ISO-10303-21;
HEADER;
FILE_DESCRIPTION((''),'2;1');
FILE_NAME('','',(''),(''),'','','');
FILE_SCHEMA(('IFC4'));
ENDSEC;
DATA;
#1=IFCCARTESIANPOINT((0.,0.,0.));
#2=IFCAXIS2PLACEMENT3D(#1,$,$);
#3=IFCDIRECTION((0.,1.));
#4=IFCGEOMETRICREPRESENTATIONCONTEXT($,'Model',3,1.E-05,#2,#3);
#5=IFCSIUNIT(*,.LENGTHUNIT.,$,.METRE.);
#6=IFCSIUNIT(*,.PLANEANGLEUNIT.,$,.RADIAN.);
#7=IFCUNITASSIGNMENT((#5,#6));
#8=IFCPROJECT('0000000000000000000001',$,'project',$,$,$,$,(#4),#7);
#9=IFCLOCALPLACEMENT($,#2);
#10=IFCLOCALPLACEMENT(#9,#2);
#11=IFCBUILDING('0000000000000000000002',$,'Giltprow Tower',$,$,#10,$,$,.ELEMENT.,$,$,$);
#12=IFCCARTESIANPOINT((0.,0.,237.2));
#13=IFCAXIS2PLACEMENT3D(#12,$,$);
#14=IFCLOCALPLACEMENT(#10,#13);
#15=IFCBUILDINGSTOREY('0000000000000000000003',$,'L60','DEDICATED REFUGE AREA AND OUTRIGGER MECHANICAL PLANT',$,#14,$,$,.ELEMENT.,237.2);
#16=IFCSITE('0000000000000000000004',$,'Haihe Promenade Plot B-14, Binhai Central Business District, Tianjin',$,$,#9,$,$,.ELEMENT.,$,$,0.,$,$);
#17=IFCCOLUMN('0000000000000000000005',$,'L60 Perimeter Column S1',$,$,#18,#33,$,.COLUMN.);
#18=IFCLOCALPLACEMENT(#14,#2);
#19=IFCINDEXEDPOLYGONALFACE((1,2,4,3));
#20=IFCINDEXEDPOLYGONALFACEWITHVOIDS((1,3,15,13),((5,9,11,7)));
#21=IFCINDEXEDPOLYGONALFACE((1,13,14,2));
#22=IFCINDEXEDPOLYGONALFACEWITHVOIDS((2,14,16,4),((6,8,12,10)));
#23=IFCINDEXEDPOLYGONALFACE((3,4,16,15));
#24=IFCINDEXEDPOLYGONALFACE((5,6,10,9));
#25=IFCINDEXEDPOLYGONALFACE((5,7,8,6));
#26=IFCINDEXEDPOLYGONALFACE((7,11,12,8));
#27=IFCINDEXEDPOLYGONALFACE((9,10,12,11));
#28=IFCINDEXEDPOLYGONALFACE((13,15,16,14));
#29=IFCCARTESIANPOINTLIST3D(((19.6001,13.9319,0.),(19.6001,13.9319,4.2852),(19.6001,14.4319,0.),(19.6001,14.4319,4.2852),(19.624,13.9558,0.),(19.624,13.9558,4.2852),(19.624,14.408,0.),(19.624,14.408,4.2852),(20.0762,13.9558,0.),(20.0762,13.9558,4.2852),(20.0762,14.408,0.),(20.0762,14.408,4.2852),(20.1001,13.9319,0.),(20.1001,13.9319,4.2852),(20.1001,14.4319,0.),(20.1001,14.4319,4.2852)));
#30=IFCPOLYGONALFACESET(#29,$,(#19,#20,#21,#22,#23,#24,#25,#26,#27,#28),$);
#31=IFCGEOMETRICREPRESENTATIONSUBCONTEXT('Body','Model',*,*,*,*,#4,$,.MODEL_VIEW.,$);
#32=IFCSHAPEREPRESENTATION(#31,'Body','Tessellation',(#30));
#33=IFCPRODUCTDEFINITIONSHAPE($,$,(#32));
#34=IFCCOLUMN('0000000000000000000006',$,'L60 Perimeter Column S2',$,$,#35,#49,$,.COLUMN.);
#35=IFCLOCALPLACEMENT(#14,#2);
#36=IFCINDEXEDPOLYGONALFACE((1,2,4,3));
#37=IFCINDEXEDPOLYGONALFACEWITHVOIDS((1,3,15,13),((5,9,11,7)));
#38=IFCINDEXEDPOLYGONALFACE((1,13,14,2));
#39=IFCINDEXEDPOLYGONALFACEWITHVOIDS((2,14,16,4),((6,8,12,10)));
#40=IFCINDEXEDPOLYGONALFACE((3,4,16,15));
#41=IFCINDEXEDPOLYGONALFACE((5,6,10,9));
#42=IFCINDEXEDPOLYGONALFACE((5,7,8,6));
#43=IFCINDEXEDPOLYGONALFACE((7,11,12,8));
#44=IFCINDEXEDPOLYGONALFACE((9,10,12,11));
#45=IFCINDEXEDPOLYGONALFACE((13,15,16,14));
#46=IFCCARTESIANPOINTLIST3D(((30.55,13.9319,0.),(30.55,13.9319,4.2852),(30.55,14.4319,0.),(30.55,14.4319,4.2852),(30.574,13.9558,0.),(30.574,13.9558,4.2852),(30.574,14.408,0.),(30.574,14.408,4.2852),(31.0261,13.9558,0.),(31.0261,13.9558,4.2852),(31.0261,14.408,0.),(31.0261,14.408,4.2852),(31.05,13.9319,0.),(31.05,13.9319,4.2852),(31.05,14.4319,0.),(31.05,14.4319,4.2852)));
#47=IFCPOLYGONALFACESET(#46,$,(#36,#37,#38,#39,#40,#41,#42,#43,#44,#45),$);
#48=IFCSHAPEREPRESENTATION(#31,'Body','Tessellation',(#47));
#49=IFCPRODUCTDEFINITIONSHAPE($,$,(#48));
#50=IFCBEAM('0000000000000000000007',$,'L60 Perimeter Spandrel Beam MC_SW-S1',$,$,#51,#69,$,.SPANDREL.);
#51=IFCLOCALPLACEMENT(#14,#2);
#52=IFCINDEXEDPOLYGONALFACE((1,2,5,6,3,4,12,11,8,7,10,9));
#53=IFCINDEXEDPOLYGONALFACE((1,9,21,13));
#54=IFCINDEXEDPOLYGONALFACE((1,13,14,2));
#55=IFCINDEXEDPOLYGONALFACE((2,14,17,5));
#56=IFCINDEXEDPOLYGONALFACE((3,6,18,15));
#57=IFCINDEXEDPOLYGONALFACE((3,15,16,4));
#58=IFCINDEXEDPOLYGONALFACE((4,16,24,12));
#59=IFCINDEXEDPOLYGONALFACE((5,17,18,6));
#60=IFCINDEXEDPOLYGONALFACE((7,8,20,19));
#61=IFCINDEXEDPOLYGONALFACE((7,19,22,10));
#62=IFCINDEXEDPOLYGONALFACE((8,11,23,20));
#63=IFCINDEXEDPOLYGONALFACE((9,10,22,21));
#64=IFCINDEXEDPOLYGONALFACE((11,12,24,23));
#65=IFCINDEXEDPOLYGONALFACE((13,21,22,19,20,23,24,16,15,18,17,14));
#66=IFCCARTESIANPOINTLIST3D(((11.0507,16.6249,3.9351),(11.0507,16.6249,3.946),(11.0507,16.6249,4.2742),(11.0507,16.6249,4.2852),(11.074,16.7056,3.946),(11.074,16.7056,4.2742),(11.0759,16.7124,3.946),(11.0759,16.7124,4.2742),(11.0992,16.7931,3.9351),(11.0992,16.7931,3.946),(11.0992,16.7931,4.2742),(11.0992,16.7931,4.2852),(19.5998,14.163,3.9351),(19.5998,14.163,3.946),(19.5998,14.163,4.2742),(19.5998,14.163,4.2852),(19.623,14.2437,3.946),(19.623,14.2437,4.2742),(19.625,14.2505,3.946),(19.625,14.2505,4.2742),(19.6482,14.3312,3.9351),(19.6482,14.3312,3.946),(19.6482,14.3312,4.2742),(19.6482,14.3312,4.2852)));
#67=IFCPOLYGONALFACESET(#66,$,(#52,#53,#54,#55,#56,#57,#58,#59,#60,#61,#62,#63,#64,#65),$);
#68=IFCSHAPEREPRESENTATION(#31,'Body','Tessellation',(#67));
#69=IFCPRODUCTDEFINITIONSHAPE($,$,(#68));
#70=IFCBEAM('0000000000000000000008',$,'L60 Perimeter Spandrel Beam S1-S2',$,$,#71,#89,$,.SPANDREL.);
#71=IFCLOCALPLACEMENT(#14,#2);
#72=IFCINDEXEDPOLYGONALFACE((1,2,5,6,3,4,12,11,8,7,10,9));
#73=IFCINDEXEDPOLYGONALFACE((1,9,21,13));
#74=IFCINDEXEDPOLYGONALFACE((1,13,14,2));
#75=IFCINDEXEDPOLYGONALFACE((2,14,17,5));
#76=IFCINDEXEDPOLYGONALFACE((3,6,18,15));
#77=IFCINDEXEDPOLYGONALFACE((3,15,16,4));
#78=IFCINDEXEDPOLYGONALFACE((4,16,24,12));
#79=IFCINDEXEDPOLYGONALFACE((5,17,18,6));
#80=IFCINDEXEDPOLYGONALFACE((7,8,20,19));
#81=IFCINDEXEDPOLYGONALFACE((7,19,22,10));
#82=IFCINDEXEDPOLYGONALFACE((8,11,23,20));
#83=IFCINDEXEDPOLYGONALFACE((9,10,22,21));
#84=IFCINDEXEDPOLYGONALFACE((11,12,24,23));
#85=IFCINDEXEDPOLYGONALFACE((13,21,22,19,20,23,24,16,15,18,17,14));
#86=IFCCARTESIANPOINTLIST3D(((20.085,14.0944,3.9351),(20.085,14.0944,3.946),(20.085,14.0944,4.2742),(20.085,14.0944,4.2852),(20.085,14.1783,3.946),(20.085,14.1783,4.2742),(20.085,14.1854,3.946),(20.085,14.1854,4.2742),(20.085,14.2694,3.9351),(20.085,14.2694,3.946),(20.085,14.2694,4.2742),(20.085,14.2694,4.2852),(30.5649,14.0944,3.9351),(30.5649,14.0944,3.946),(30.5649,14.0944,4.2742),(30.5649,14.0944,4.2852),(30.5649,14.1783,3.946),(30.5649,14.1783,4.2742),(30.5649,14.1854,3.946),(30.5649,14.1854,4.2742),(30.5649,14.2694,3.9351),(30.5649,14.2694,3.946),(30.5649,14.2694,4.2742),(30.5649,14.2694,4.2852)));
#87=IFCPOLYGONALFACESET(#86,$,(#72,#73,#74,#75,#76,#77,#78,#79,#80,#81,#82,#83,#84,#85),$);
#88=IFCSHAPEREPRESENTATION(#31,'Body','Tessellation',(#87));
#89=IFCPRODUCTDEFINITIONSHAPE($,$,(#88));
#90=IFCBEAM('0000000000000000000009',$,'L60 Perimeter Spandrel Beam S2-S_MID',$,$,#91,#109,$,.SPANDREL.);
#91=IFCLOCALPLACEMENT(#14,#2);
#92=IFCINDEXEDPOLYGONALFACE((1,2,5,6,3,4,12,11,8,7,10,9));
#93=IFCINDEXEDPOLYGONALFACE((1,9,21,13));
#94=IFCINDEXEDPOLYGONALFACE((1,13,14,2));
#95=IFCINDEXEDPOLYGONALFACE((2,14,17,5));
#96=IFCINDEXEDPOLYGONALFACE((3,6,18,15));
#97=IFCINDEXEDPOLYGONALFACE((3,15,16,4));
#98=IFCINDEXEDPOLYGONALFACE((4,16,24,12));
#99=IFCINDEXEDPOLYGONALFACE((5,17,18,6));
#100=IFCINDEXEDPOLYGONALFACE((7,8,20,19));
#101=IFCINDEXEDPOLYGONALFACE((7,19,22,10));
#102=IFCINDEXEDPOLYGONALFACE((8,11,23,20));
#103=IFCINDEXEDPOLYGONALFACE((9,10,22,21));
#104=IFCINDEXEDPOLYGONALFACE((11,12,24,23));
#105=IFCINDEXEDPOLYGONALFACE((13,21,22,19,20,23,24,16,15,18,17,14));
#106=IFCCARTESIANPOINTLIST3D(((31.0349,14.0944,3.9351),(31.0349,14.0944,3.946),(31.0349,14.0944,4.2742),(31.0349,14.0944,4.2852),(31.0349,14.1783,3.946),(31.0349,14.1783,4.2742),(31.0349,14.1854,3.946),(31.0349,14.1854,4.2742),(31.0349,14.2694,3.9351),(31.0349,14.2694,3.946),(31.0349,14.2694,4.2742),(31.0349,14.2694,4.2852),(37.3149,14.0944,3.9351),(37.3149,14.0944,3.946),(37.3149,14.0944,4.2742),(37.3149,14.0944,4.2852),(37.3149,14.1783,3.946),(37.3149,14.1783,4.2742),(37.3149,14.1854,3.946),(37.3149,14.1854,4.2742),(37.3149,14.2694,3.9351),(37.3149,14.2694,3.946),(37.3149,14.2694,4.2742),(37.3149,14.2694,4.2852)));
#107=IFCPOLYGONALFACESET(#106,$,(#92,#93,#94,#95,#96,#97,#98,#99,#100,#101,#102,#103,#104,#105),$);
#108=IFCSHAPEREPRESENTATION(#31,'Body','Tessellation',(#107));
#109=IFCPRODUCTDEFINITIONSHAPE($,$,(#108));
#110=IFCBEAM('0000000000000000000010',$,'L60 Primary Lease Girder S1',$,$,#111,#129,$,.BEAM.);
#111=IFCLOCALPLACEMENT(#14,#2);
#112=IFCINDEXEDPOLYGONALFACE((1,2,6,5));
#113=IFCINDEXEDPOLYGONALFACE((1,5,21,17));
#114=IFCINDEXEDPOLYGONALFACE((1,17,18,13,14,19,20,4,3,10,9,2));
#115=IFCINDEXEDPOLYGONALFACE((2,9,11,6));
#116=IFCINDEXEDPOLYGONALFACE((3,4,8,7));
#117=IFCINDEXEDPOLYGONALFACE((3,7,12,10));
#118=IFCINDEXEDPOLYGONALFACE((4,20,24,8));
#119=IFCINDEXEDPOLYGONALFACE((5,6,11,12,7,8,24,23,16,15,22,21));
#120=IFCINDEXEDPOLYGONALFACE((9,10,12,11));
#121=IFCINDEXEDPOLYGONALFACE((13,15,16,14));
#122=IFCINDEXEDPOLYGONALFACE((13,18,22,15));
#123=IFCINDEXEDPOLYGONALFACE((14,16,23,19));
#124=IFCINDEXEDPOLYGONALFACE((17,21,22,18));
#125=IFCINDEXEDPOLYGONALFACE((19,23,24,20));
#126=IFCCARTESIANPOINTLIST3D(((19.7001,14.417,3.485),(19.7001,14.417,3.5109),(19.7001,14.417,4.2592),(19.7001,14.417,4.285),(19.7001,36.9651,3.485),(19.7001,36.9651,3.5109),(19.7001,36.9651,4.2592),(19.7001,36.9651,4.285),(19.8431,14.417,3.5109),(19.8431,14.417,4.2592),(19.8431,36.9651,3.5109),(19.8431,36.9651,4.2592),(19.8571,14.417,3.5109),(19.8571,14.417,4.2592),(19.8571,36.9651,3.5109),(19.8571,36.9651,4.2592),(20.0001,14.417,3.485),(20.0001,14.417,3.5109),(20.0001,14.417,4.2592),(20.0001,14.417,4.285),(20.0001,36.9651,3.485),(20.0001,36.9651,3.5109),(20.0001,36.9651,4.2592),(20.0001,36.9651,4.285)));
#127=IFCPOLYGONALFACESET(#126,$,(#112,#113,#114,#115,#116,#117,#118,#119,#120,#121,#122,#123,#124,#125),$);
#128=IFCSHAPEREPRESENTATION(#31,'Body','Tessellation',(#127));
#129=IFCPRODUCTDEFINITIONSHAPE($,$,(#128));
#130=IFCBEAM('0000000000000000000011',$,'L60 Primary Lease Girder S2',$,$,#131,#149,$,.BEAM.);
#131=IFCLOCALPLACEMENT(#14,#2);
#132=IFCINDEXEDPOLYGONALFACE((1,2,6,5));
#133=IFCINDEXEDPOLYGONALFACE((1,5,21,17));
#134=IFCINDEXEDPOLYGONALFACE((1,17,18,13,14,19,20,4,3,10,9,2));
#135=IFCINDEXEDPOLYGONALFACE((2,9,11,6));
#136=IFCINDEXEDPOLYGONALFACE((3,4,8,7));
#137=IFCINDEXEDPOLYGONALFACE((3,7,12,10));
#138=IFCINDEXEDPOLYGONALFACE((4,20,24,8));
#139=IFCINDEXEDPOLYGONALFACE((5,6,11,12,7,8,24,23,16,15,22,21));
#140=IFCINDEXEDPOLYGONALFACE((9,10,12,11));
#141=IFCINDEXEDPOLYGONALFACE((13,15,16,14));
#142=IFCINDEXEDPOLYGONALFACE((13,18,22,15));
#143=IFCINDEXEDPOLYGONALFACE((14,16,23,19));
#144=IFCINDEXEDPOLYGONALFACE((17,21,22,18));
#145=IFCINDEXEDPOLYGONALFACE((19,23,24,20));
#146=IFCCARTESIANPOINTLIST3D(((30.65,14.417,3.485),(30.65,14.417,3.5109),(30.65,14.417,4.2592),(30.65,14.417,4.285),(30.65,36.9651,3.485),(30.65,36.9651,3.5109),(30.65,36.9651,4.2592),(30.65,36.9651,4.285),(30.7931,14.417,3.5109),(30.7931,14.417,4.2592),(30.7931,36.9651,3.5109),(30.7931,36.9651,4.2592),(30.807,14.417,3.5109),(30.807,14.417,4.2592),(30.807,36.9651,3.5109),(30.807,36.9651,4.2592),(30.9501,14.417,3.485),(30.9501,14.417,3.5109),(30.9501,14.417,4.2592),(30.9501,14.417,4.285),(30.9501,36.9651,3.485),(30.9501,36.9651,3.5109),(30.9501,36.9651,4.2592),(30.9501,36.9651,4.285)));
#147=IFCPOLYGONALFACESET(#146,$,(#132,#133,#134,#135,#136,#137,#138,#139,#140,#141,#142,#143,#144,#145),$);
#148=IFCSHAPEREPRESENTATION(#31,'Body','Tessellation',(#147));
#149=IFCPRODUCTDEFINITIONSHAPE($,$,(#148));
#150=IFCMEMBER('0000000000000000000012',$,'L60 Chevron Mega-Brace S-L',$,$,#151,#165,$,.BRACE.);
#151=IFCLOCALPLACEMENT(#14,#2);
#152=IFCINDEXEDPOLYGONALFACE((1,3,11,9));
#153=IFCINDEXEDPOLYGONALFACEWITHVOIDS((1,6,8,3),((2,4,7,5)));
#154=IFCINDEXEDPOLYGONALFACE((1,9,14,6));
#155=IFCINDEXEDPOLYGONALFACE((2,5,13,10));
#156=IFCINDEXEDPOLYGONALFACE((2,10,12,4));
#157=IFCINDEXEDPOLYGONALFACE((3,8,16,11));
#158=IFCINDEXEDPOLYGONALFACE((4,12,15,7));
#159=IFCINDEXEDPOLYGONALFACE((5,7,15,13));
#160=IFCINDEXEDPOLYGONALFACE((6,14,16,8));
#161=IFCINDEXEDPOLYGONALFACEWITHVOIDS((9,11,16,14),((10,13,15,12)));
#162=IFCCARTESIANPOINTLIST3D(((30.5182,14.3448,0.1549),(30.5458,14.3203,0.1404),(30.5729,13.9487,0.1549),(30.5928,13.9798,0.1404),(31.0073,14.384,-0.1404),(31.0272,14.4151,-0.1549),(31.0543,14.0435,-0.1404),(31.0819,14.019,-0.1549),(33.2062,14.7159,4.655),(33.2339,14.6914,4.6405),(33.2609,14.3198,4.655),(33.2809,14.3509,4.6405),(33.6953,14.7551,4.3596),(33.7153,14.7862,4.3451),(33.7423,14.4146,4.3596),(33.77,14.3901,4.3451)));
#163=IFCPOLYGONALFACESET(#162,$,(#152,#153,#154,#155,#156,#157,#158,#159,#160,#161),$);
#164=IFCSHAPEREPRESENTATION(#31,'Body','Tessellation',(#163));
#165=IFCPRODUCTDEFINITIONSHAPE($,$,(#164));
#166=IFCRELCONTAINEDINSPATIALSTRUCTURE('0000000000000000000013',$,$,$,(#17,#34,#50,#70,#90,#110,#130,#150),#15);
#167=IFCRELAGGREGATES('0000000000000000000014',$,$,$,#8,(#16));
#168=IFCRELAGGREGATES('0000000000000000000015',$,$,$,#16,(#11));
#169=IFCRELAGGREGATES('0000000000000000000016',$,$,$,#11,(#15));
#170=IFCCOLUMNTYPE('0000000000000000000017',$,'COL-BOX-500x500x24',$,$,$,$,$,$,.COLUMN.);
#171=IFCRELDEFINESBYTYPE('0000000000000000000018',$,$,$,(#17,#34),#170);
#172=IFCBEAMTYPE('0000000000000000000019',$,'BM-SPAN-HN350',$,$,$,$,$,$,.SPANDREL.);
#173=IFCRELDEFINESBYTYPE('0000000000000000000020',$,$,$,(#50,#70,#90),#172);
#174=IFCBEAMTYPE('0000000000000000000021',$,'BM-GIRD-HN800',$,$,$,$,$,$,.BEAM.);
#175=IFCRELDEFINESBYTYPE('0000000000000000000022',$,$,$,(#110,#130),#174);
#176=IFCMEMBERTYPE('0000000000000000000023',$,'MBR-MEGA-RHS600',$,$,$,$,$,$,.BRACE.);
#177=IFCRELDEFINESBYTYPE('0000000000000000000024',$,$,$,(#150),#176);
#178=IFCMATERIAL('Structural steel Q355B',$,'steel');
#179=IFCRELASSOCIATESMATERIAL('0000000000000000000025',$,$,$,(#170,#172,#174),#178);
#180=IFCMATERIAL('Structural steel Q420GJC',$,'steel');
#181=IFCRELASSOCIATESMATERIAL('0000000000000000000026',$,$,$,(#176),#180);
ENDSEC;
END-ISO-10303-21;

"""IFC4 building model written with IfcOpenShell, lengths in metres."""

from ifc_helpers import new_model, si_unit, direction, frame, origin, origin_2d, place, context, subcontext, project, spatial, hollow_rectangle, i_section, extrude, source, transform, mapped, material, material_profile, profile_set, type_object, element, save


model = new_model("IFC4")

# Units and contexts
model_context = context("Model", 3, precision=1e-05, world=origin(), true_north=direction((0.0, 1.0)))
body_context = subcontext(model_context, "Body", "Model", "MODEL_VIEW")
ifc_project = project(units=[si_unit("LENGTHUNIT", "METRE"), si_unit("PLANEANGLEUNIT", "RADIAN")], contexts=[model_context])

# Site, building, storey
site_placement = place(None, origin())
site = spatial("IfcSite", under=ifc_project, at=site_placement, Name="Haihe Promenade Plot B-14, Binhai Central Business District, Tianjin", CompositionType="ELEMENT", RefElevation=0.0)
building_placement = place(site_placement, origin())
building = spatial("IfcBuilding", under=site, at=building_placement, Name="Giltprow Tower", CompositionType="ELEMENT")
storey_placement = place(building_placement, frame((0.0, 0.0, 237.2)))
storey = spatial("IfcBuildingStorey", under=building, at=storey_placement, Name="L60", Description="DEDICATED REFUGE AREA AND OUTRIGGER MECHANICAL PLANT", CompositionType="ELEMENT", Elevation=237.2)

# Columns
ifc_material_1 = material(Name="Structural steel Q355B", Category="steel")
ifc_material_profile_1 = material_profile(ifc_material_1, hollow_rectangle(XDim=0.5, YDim=0.5, WallThickness=0.0239, at=origin_2d()), Name="BOX 500x500x24")
ifc_profile_set_1 = profile_set([ifc_material_profile_1], Name="Structural steel Q355B")
column_type = type_object("IfcColumnType", Name="COL-BOX-500x500x24", PredefinedType="COLUMN", material=ifc_profile_set_1)
shared_shape_1 = source(origin(), body_context, "Body", "SweptSolid", [
    extrude(hollow_rectangle(XDim=0.5, YDim=0.5, WallThickness=0.0239, at=origin_2d()), origin(), (0.0, 0.0, 1.0), 4.2852),
])
for number, where, z_axis, x_axis, name in (
    (1, (19.8501, 14.1819, 0.0), (0.0, 0.0, 1.0), (1.0, 0.0, 0.0), "L60 Perimeter Column S1"),
    (2, (30.8, 14.1819, 0.0), (0.0, 0.0, 1.0), (1.0, 0.0, 0.0), "L60 Perimeter Column S2"),
):
    element("IfcColumn", number, at=place(storey_placement, frame(where, z_axis=z_axis, x_axis=x_axis)), inside=storey, type_object=column_type, Name=name, PredefinedType="COLUMN", context=body_context, shape_type="MappedRepresentation", body=[
        mapped(shared_shape_1, transform((0.0, 0.0, 0.0), x_axis=(1.0, 0.0, 0.0), y_axis=(0.0, 1.0, 0.0), z_axis=(0.0, 0.0, 1.0), scale=1.0)),
    ])

# Beams
ifc_material_profile_2 = material_profile(ifc_material_1, i_section(OverallWidth=0.175, OverallDepth=0.3501, WebThickness=0.0071, FlangeThickness=0.011, at=origin_2d()), Name="HN 350x175x7x11")
ifc_profile_set_2 = profile_set([ifc_material_profile_2], Name="Structural steel Q355B")
beam_type_1 = type_object("IfcBeamType", Name="BM-SPAN-HN350", PredefinedType="SPANDREL", material=ifc_profile_set_2)
shared_shape_2 = source(origin(), body_context, "Body", "SweptSolid", [
    extrude(i_section(OverallWidth=0.175, OverallDepth=0.3501, WebThickness=0.0071, FlangeThickness=0.011, at=origin_2d()), origin(), (0.0, 0.0, 1.0), 8.8965),
])
beam_1_placement = place(storey_placement, frame((11.075, 16.709, 4.1101), z_axis=(0.960948, -0.276728, 0.0), x_axis=(0.276728, 0.960948, 0.0)))
element("IfcBeam", 3, at=beam_1_placement, inside=storey, type_object=beam_type_1, Name="L60 Perimeter Spandrel Beam MC_SW-S1", PredefinedType="SPANDREL", context=body_context, shape_type="MappedRepresentation", body=[
    mapped(shared_shape_2, transform((0.0, 0.0, 0.0), x_axis=(1.0, 0.0, 0.0), y_axis=(0.0, 1.0, 0.0), z_axis=(0.0, 0.0, 1.0), scale=1.0)),
])
shared_shape_3 = source(origin(), body_context, "Body", "SweptSolid", [
    extrude(i_section(OverallWidth=0.175, OverallDepth=0.3501, WebThickness=0.0071, FlangeThickness=0.011, at=origin_2d()), origin(), (0.0, 0.0, 1.0), 10.48),
])
beam_2_placement = place(storey_placement, frame((20.085, 14.1819, 4.1101), z_axis=(1.0, 0.0, 0.0), x_axis=(0.0, 1.0, 0.0)))
element("IfcBeam", 4, at=beam_2_placement, inside=storey, type_object=beam_type_1, Name="L60 Perimeter Spandrel Beam S1-S2", PredefinedType="SPANDREL", context=body_context, shape_type="MappedRepresentation", body=[
    mapped(shared_shape_3, transform((0.0, 0.0, 0.0), x_axis=(1.0, 0.0, 0.0), y_axis=(0.0, 1.0, 0.0), z_axis=(0.0, 0.0, 1.0), scale=1.0)),
])
shared_shape_4 = source(origin(), body_context, "Body", "SweptSolid", [
    extrude(i_section(OverallWidth=0.175, OverallDepth=0.3501, WebThickness=0.0071, FlangeThickness=0.011, at=origin_2d()), origin(), (0.0, 0.0, 1.0), 6.28),
])
beam_3_placement = place(storey_placement, frame((31.0349, 14.1819, 4.1101), z_axis=(1.0, 0.0, 0.0), x_axis=(0.0, 1.0, 0.0)))
element("IfcBeam", 5, at=beam_3_placement, inside=storey, type_object=beam_type_1, Name="L60 Perimeter Spandrel Beam S2-S_MID", PredefinedType="SPANDREL", context=body_context, shape_type="MappedRepresentation", body=[
    mapped(shared_shape_4, transform((0.0, 0.0, 0.0), x_axis=(1.0, 0.0, 0.0), y_axis=(0.0, 1.0, 0.0), z_axis=(0.0, 0.0, 1.0), scale=1.0)),
])
ifc_material_profile_3 = material_profile(ifc_material_1, i_section(OverallWidth=0.3, OverallDepth=0.8, WebThickness=0.0139, FlangeThickness=0.0259, at=origin_2d()), Name="HN 800x300x14x26")
ifc_profile_set_3 = profile_set([ifc_material_profile_3], Name="Structural steel Q355B")
beam_type_2 = type_object("IfcBeamType", Name="BM-GIRD-HN800", PredefinedType="BEAM", material=ifc_profile_set_3)
shared_shape_5 = source(origin(), body_context, "Body", "SweptSolid", [
    extrude(i_section(OverallWidth=0.3, OverallDepth=0.8, WebThickness=0.0139, FlangeThickness=0.0259, at=origin_2d()), origin(), (0.0, 0.0, 1.0), 22.5481),
])
for number, where, z_axis, x_axis, name in (
    (6, (19.8501, 14.417, 3.885), (0.0, 1.0, 0.0), (-1.0, 0.0, 0.0), "L60 Primary Lease Girder S1"),
    (7, (30.8, 14.417, 3.885), (0.0, 1.0, 0.0), (-1.0, 0.0, 0.0), "L60 Primary Lease Girder S2"),
):
    element("IfcBeam", number, at=place(storey_placement, frame(where, z_axis=z_axis, x_axis=x_axis)), inside=storey, type_object=beam_type_2, Name=name, PredefinedType="BEAM", context=body_context, shape_type="MappedRepresentation", body=[
        mapped(shared_shape_5, transform((0.0, 0.0, 0.0), x_axis=(1.0, 0.0, 0.0), y_axis=(0.0, 1.0, 0.0), z_axis=(0.0, 0.0, 1.0), scale=1.0)),
    ])

# Member
ifc_material_2 = material(Name="Structural steel Q420GJC", Category="steel")
ifc_material_profile_4 = material_profile(ifc_material_2, hollow_rectangle(XDim=0.3999, YDim=0.6001, WallThickness=0.0281, at=origin_2d()), Name="RHS 600x400x28")
ifc_profile_set_4 = profile_set([ifc_material_profile_4], Name="Structural steel Q420GJC")
member_type = type_object("IfcMemberType", Name="MBR-MEGA-RHS600", PredefinedType="BRACE", material=ifc_profile_set_4)
shared_shape_6 = source(origin(), body_context, "Body", "SweptSolid", [
    extrude(hollow_rectangle(XDim=0.3999, YDim=0.6001, WallThickness=0.0281, at=origin_2d()), origin(), (0.0, 0.0, 1.0), 5.2549),
])
member_placement = place(storey_placement, frame((30.8, 14.1819, 0.0), z_axis=(0.511529, 0.07062, 0.856359), x_axis=(-0.136759, 0.990604, 0.0)))
element("IfcMember", 8, at=member_placement, inside=storey, type_object=member_type, Name="L60 Chevron Mega-Brace S-L", PredefinedType="BRACE", context=body_context, shape_type="MappedRepresentation", body=[
    mapped(shared_shape_6, transform((0.0, 0.0, 0.0), x_axis=(1.0, 0.0, 0.0), y_axis=(0.0, 1.0, 0.0), z_axis=(0.0, 0.0, 1.0), scale=1.0)),
])

save(model, "model.ifc")
